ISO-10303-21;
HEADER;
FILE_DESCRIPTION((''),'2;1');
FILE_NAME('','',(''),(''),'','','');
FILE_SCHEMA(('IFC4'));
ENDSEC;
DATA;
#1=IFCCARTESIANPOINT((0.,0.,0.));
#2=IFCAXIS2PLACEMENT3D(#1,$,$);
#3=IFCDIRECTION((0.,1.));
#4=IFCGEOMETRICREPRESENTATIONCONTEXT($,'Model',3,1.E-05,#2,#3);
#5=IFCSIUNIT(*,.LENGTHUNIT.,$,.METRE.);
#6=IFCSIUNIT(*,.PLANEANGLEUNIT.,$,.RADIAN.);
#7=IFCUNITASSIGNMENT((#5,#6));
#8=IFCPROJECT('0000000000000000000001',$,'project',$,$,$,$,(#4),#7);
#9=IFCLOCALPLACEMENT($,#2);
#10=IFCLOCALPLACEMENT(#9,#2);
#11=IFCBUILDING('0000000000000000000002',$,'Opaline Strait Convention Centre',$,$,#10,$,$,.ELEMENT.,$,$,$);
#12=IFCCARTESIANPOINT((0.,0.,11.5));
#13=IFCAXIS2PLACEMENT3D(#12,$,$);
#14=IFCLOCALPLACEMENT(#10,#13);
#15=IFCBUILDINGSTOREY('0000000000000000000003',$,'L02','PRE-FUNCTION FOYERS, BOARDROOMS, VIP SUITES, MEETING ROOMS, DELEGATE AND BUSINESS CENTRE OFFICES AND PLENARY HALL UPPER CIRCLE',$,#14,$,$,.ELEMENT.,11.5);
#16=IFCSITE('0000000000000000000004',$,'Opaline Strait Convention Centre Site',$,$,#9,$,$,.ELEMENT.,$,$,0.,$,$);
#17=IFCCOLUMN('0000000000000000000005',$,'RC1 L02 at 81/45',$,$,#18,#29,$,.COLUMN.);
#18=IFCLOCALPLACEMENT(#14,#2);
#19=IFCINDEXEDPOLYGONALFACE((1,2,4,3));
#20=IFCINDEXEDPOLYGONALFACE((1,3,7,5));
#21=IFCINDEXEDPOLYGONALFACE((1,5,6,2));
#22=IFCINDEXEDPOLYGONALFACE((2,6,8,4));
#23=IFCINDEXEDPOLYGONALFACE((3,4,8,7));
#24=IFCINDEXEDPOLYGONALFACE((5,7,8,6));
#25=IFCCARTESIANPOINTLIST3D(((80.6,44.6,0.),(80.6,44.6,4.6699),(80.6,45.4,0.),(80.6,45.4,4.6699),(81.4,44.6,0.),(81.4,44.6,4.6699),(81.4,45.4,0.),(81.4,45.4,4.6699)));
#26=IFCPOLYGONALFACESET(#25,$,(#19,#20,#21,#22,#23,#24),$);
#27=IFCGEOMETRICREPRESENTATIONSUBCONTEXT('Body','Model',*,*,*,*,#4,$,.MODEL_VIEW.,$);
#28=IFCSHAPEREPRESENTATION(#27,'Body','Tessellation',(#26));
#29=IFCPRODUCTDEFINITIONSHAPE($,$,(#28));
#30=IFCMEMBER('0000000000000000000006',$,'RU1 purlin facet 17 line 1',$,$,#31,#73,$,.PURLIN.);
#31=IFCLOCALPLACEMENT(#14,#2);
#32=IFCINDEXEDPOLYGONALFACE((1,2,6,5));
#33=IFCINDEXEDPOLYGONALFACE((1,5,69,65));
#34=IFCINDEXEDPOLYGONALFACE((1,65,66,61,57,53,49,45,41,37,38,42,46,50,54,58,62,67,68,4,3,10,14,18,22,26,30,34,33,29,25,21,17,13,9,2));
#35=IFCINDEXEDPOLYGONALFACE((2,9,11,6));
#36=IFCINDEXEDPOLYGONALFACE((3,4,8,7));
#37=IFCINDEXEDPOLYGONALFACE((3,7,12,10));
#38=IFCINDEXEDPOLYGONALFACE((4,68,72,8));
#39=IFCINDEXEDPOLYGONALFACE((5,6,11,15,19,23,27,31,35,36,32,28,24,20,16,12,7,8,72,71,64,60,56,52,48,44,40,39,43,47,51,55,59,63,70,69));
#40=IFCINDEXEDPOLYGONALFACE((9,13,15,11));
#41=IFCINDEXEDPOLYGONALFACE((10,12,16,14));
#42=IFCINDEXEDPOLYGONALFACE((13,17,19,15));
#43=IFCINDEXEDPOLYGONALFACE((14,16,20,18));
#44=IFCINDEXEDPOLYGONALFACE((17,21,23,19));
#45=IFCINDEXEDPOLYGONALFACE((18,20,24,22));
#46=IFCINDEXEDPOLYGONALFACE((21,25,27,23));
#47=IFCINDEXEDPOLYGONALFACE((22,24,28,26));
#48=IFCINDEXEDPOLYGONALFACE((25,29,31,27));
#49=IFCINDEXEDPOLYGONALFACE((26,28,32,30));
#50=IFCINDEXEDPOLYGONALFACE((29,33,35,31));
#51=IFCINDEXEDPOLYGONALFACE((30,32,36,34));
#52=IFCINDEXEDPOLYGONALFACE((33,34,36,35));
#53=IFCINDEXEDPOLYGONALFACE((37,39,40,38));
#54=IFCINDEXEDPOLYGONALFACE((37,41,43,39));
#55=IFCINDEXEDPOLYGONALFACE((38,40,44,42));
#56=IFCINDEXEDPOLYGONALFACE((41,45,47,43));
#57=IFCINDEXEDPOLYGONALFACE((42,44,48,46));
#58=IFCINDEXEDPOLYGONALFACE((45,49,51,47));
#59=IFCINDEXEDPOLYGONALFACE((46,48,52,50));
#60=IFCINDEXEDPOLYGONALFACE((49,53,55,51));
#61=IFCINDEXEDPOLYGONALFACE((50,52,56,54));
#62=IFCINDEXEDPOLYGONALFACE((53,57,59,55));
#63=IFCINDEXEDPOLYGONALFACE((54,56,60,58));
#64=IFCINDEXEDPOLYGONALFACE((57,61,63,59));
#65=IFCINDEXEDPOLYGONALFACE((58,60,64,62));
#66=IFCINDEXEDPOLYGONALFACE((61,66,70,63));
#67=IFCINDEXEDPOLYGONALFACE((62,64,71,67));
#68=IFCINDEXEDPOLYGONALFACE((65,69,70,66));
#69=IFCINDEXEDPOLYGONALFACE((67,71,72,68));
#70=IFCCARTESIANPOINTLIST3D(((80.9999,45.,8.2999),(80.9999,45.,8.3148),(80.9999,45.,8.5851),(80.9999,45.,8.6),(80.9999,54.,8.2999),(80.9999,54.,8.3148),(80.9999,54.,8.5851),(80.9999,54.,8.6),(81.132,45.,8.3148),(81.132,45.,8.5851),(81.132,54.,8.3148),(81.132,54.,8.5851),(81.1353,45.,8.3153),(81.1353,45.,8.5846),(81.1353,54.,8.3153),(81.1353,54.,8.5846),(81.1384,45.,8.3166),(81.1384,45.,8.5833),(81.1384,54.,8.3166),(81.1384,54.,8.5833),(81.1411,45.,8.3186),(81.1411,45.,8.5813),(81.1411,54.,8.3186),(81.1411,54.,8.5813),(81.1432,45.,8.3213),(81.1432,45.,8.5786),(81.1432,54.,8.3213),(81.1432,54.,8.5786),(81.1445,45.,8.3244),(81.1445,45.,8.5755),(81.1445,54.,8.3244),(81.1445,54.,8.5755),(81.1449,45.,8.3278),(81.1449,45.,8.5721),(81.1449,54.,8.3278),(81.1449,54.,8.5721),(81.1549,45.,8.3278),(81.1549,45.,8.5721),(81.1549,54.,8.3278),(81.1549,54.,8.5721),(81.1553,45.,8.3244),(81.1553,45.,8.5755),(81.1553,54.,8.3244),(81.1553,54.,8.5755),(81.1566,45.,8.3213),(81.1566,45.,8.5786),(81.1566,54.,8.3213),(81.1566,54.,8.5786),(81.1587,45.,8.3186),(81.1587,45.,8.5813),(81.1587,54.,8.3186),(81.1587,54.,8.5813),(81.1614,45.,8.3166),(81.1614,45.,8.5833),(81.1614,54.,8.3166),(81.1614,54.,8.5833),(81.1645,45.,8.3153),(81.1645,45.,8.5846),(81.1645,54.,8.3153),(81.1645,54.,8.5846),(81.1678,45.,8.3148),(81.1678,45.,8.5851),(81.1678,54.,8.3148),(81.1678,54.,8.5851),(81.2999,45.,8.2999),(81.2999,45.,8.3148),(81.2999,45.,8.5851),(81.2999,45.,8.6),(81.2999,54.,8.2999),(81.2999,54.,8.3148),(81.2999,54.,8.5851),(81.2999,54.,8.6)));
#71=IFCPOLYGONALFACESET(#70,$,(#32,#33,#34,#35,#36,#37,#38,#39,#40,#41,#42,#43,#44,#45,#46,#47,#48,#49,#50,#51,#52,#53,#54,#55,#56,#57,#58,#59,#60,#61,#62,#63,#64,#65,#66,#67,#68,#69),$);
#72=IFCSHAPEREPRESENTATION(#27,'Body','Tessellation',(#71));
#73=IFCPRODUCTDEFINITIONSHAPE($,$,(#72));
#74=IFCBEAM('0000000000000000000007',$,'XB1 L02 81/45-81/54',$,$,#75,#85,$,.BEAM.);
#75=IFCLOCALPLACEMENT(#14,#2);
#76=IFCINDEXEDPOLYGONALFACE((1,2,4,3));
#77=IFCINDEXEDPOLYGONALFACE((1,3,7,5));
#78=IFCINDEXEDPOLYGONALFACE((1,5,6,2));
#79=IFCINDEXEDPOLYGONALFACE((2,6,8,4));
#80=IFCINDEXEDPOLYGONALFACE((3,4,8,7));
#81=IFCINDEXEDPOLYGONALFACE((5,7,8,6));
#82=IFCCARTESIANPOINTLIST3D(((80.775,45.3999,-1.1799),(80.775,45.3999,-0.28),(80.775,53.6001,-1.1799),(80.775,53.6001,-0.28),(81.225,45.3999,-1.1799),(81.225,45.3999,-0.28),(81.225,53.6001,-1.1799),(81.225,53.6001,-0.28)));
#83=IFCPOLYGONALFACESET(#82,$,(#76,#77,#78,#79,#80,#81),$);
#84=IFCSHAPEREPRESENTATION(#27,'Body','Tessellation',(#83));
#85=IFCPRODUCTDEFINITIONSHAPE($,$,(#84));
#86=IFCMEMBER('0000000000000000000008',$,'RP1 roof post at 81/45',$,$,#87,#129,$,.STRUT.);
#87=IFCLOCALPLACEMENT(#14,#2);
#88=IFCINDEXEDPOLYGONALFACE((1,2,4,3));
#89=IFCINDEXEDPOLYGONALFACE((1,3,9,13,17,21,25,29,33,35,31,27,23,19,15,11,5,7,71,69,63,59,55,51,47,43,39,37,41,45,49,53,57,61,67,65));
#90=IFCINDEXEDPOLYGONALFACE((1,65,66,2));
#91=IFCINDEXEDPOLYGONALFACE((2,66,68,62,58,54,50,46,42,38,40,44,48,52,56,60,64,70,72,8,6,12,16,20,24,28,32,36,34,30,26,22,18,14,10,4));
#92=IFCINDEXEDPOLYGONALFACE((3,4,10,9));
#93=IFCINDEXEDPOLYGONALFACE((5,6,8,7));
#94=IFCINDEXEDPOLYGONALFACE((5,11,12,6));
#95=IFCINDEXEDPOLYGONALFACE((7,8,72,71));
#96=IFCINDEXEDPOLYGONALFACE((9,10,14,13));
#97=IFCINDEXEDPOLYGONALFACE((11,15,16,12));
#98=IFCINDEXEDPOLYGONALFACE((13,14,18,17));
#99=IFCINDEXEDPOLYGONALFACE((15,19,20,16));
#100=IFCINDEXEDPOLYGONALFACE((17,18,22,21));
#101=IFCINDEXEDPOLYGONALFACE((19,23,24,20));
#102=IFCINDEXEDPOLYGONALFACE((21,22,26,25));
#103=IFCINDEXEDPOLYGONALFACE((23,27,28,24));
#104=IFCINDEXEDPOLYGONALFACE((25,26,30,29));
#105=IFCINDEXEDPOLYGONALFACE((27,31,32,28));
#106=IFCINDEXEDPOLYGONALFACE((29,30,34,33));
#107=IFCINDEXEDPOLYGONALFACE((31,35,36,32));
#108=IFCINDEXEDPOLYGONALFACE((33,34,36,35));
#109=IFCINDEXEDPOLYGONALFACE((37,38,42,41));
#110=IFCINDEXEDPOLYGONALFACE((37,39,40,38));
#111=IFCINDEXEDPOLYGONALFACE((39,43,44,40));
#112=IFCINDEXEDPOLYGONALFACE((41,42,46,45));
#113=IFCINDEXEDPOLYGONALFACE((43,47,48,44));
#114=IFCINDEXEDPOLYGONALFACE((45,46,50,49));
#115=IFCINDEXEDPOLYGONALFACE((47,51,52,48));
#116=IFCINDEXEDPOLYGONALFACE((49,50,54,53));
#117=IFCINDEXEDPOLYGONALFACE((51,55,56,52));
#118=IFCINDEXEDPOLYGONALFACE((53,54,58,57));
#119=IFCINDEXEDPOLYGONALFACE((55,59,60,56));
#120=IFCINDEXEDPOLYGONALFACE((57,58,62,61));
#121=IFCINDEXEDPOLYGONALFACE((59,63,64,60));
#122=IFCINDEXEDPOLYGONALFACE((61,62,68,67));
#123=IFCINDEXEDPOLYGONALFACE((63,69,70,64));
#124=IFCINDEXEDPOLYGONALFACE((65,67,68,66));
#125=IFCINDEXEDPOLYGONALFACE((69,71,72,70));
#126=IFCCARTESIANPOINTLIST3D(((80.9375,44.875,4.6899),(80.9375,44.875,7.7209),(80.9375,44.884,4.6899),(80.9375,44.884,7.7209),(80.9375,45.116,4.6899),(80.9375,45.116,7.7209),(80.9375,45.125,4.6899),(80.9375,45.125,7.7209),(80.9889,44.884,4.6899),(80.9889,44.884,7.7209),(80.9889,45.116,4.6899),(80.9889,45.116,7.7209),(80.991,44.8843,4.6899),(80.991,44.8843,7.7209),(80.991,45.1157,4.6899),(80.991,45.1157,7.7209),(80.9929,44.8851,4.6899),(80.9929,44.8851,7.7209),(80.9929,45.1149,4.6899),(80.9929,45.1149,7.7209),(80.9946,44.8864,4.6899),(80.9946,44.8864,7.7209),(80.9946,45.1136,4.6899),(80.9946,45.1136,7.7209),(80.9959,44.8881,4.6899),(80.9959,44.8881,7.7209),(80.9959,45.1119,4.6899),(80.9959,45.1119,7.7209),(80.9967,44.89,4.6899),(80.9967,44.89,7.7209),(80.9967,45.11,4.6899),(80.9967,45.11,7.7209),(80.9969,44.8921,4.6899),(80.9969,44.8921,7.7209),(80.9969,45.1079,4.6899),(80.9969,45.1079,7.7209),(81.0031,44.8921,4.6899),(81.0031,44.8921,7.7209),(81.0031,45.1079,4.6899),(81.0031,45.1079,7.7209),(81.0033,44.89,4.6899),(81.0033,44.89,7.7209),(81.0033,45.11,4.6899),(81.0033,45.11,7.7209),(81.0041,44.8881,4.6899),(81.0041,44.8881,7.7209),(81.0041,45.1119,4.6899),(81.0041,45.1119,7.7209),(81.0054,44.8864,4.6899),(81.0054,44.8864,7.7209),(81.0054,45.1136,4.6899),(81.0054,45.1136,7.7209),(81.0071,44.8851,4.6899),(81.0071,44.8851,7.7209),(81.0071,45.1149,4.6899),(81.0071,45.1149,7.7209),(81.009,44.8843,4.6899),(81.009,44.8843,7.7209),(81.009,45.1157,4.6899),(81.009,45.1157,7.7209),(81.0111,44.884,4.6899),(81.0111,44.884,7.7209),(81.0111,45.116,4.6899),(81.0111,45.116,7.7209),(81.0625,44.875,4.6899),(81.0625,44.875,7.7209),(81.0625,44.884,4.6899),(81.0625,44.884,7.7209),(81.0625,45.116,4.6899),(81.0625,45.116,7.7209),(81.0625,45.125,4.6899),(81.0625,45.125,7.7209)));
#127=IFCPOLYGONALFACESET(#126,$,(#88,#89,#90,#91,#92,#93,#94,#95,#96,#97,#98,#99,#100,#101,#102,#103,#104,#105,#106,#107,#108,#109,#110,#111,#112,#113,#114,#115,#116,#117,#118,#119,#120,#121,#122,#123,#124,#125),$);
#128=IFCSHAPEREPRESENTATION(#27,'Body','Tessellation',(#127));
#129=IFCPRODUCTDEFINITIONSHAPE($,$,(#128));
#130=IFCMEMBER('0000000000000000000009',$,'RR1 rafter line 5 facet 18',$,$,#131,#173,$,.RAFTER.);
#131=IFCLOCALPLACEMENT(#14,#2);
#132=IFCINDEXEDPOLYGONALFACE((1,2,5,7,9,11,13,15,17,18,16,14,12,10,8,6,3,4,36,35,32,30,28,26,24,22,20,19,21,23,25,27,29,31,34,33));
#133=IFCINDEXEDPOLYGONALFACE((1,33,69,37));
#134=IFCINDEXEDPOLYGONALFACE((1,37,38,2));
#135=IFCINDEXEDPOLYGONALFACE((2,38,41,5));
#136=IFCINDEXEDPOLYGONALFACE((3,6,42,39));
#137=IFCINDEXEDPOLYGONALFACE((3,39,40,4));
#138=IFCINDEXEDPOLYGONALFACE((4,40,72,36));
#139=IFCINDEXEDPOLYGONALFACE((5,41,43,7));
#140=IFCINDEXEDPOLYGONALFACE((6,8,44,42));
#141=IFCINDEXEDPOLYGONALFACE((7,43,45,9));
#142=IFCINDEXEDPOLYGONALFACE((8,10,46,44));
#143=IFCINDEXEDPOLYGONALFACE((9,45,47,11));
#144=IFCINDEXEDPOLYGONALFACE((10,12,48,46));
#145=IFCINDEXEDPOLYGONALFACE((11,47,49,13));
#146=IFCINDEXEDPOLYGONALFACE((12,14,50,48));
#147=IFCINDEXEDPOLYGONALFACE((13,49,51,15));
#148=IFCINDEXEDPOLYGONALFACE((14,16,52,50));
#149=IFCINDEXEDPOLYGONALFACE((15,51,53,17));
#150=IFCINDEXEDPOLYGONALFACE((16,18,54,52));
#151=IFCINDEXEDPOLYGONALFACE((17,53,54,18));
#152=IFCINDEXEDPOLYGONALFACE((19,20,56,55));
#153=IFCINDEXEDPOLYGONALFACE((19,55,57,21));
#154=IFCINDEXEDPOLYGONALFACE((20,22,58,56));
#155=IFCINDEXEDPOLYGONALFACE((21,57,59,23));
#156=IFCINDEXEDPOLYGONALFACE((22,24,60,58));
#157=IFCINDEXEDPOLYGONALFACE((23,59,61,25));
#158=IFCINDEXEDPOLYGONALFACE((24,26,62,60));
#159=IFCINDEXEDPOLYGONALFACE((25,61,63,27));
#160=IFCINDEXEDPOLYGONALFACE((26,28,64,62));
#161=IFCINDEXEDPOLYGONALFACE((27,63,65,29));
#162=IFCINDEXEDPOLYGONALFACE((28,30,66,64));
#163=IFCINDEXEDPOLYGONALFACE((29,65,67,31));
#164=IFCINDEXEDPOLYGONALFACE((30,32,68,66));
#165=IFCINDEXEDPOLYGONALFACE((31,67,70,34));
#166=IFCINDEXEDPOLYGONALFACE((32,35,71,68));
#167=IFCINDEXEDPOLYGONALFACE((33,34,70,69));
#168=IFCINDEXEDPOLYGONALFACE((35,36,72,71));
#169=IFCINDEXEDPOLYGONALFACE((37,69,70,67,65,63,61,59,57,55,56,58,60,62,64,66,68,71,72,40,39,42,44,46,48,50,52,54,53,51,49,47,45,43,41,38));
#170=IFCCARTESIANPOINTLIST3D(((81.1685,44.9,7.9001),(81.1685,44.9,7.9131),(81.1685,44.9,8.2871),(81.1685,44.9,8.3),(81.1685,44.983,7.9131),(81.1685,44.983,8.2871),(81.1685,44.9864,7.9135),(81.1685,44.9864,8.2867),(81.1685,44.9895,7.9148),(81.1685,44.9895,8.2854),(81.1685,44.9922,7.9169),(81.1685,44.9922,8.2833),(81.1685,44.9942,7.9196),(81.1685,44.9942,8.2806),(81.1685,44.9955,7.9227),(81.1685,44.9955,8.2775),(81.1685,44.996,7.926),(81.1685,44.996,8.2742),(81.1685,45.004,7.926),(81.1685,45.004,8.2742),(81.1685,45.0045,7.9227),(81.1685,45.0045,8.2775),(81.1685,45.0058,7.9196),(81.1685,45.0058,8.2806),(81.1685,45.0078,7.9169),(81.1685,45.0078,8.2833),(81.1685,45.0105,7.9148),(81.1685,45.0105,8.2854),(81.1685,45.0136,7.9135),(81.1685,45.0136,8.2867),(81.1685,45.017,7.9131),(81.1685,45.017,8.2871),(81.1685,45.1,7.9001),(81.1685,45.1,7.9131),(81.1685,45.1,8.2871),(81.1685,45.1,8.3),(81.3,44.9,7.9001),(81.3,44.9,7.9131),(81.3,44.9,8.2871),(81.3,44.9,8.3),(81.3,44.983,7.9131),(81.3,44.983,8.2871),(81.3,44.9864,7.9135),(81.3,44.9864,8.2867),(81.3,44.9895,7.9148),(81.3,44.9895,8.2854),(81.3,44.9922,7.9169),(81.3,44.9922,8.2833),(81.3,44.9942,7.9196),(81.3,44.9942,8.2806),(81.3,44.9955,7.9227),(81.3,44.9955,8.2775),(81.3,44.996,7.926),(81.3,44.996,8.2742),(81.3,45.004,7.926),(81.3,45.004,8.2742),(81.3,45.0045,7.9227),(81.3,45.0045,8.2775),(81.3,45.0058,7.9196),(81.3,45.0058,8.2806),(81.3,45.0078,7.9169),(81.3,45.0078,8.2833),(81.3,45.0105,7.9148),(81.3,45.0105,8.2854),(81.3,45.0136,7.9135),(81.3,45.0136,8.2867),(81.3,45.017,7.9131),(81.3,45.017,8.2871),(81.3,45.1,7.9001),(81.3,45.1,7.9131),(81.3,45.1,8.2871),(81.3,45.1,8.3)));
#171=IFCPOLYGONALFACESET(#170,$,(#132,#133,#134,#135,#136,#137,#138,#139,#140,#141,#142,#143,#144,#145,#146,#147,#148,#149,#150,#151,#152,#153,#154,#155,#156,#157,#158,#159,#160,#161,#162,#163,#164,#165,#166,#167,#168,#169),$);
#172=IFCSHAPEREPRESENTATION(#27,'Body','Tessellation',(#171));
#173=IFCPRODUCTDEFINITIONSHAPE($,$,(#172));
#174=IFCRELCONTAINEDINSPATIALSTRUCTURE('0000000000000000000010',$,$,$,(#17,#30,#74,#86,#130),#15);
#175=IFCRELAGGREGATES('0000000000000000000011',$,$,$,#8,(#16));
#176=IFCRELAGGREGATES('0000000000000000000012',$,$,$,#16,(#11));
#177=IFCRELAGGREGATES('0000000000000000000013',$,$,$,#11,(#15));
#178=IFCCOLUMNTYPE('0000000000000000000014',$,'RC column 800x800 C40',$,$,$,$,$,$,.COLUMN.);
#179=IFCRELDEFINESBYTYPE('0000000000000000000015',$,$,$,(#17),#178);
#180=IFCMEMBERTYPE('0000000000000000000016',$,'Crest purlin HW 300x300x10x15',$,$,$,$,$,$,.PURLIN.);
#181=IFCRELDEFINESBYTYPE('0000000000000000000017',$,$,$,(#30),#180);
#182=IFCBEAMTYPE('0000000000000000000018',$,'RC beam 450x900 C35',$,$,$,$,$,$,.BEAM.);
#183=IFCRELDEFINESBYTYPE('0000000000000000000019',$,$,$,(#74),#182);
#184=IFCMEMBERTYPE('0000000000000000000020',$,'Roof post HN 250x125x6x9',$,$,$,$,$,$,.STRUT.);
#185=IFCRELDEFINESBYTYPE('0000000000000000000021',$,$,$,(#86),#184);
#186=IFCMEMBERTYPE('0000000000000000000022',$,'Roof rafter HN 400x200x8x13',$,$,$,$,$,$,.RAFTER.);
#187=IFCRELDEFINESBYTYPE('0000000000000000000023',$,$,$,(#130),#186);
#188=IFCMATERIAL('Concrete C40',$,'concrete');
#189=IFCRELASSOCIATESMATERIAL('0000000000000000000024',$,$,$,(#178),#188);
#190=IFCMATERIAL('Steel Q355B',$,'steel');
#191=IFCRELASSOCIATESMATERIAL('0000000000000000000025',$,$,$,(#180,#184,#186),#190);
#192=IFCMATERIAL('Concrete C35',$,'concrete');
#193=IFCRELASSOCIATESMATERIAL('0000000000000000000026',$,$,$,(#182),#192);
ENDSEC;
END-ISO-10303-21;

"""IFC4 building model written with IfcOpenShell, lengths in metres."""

from ifc_helpers import new_model, si_unit, direction, frame, origin, origin_2d, place, context, subcontext, project, spatial, rectangle, i_section, extrude, material, material_profile, profile_set, type_object, element, save


model = new_model("IFC4")

# Units and contexts
model_context = context("Model", 3, precision=1e-05, world=origin(), true_north=direction((0.0, 1.0)))
body_context = subcontext(model_context, "Body", "Model", "MODEL_VIEW")
ifc_project = project(units=[si_unit("LENGTHUNIT", "METRE"), si_unit("PLANEANGLEUNIT", "RADIAN")], contexts=[model_context])

# Site, building, storey
site_placement = place(None, origin())
site = spatial("IfcSite", under=ifc_project, at=site_placement, Name="Opaline Strait Convention Centre Site", CompositionType="ELEMENT", RefElevation=0.0)
building_placement = place(site_placement, origin())
building = spatial("IfcBuilding", under=site, at=building_placement, Name="Opaline Strait Convention Centre", CompositionType="ELEMENT")
storey_placement = place(building_placement, frame((0.0, 0.0, 11.5)))
storey = spatial("IfcBuildingStorey", under=building, at=storey_placement, Name="L02", Description="PRE-FUNCTION FOYERS, BOARDROOMS, VIP SUITES, MEETING ROOMS, DELEGATE AND BUSINESS CENTRE OFFICES AND PLENARY HALL UPPER CIRCLE", CompositionType="ELEMENT", Elevation=11.5)

# Column
ifc_material_1 = material(Name="Concrete C40", Category="concrete")
ifc_material_profile_1 = material_profile(ifc_material_1, rectangle(XDim=0.8, YDim=0.8, at=origin_2d()), Name="RC 800x800")
ifc_profile_set_1 = profile_set([ifc_material_profile_1], Name="Concrete C40")
column_type = type_object("IfcColumnType", Name="RC column 800x800 C40", PredefinedType="COLUMN", material=ifc_profile_set_1)
column_placement = place(storey_placement, frame((81.0, 45.0, 0.0), z_axis=(0.0, 0.0, 1.0), x_axis=(1.0, 0.0, 0.0)))
element("IfcColumn", 1, at=column_placement, inside=storey, type_object=column_type, Name="RC1 L02 at 81/45", PredefinedType="COLUMN", context=body_context, shape_type="SweptSolid", body=[
    extrude(rectangle(XDim=0.8, YDim=0.8, at=origin_2d()), origin(), (0.0, 0.0, 1.0), 4.6699),
])

# Member
ifc_material_2 = material(Name="Steel Q355B", Category="steel")
ifc_material_profile_2 = material_profile(ifc_material_2, i_section(OverallWidth=0.3, OverallDepth=0.3, WebThickness=0.01, FlangeThickness=0.0149, FilletRadius=0.0129, at=origin_2d()), Name="HW 300x300x10x15")
ifc_profile_set_2 = profile_set([ifc_material_profile_2], Name="Steel Q355B")
member_type_1 = type_object("IfcMemberType", Name="Crest purlin HW 300x300x10x15", PredefinedType="PURLIN", material=ifc_profile_set_2)
member_1_placement = place(storey_placement, frame((81.1499, 45.0, 8.45), z_axis=(0.0, 1.0, 0.0), x_axis=(-1.0, 0.0, 0.0)))
element("IfcMember", 2, at=member_1_placement, inside=storey, type_object=member_type_1, Name="RU1 purlin facet 17 line 1", PredefinedType="PURLIN", context=body_context, shape_type="SweptSolid", body=[
    extrude(i_section(OverallWidth=0.3, OverallDepth=0.3, WebThickness=0.01, FlangeThickness=0.0149, FilletRadius=0.0129, at=origin_2d()), origin(), (0.0, 0.0, 1.0), 9.0),
])

# Beam
ifc_material_3 = material(Name="Concrete C35", Category="concrete")
ifc_material_profile_3 = material_profile(ifc_material_3, rectangle(XDim=0.45, YDim=0.8999, at=origin_2d()), Name="RC 450x900")
ifc_profile_set_3 = profile_set([ifc_material_profile_3], Name="Concrete C35")
beam_type = type_object("IfcBeamType", Name="RC beam 450x900 C35", PredefinedType="BEAM", material=ifc_profile_set_3)
beam_placement = place(storey_placement, frame((81.0, 45.3999, -0.73), z_axis=(0.0, 1.0, 0.0), x_axis=(-1.0, 0.0, 0.0)))
element("IfcBeam", 3, at=beam_placement, inside=storey, type_object=beam_type, Name="XB1 L02 81/45-81/54", PredefinedType="BEAM", context=body_context, shape_type="SweptSolid", body=[
    extrude(rectangle(XDim=0.45, YDim=0.8999, at=origin_2d()), origin(), (0.0, 0.0, 1.0), 8.2002),
])

# Members
ifc_material_profile_4 = material_profile(ifc_material_2, i_section(OverallWidth=0.125, OverallDepth=0.25, WebThickness=0.0061, FlangeThickness=0.009, FilletRadius=0.0081, at=origin_2d()), Name="HN 250x125x6x9")
ifc_profile_set_4 = profile_set([ifc_material_profile_4], Name="Steel Q355B")
member_type_2 = type_object("IfcMemberType", Name="Roof post HN 250x125x6x9", PredefinedType="STRUT", material=ifc_profile_set_4)
member_2_placement = place(storey_placement, frame((81.0, 45.0, 4.6899), z_axis=(0.0, 0.0, 1.0), x_axis=(1.0, 0.0, 0.0)))
element("IfcMember", 4, at=member_2_placement, inside=storey, type_object=member_type_2, Name="RP1 roof post at 81/45", PredefinedType="STRUT", context=body_context, shape_type="SweptSolid", body=[
    extrude(i_section(OverallWidth=0.125, OverallDepth=0.25, WebThickness=0.0061, FlangeThickness=0.009, FilletRadius=0.0081, at=origin_2d()), origin(), (0.0, 0.0, 1.0), 3.031),
])
ifc_material_profile_5 = material_profile(ifc_material_2, i_section(OverallWidth=0.2, OverallDepth=0.3999, WebThickness=0.0081, FlangeThickness=0.0129, FilletRadius=0.0129, at=origin_2d()), Name="HN 400x200x8x13")
ifc_profile_set_5 = profile_set([ifc_material_profile_5], Name="Steel Q355B")
member_type_3 = type_object("IfcMemberType", Name="Roof rafter HN 400x200x8x13", PredefinedType="RAFTER", material=ifc_profile_set_5)
member_3_placement = place(storey_placement, frame((81.1685, 45.0, 8.1001), z_axis=(1.0, 0.0, 0.0), x_axis=(0.0, 1.0, 0.0)))
element("IfcMember", 5, at=member_3_placement, inside=storey, type_object=member_type_3, Name="RR1 rafter line 5 facet 18", PredefinedType="RAFTER", context=body_context, shape_type="SweptSolid", body=[
    extrude(i_section(OverallWidth=0.2, OverallDepth=0.3999, WebThickness=0.0081, FlangeThickness=0.0129, FilletRadius=0.0129, at=origin_2d()), origin(), (0.0, 0.0, 1.0), 0.1316),
])

save(model, "model.ifc")
